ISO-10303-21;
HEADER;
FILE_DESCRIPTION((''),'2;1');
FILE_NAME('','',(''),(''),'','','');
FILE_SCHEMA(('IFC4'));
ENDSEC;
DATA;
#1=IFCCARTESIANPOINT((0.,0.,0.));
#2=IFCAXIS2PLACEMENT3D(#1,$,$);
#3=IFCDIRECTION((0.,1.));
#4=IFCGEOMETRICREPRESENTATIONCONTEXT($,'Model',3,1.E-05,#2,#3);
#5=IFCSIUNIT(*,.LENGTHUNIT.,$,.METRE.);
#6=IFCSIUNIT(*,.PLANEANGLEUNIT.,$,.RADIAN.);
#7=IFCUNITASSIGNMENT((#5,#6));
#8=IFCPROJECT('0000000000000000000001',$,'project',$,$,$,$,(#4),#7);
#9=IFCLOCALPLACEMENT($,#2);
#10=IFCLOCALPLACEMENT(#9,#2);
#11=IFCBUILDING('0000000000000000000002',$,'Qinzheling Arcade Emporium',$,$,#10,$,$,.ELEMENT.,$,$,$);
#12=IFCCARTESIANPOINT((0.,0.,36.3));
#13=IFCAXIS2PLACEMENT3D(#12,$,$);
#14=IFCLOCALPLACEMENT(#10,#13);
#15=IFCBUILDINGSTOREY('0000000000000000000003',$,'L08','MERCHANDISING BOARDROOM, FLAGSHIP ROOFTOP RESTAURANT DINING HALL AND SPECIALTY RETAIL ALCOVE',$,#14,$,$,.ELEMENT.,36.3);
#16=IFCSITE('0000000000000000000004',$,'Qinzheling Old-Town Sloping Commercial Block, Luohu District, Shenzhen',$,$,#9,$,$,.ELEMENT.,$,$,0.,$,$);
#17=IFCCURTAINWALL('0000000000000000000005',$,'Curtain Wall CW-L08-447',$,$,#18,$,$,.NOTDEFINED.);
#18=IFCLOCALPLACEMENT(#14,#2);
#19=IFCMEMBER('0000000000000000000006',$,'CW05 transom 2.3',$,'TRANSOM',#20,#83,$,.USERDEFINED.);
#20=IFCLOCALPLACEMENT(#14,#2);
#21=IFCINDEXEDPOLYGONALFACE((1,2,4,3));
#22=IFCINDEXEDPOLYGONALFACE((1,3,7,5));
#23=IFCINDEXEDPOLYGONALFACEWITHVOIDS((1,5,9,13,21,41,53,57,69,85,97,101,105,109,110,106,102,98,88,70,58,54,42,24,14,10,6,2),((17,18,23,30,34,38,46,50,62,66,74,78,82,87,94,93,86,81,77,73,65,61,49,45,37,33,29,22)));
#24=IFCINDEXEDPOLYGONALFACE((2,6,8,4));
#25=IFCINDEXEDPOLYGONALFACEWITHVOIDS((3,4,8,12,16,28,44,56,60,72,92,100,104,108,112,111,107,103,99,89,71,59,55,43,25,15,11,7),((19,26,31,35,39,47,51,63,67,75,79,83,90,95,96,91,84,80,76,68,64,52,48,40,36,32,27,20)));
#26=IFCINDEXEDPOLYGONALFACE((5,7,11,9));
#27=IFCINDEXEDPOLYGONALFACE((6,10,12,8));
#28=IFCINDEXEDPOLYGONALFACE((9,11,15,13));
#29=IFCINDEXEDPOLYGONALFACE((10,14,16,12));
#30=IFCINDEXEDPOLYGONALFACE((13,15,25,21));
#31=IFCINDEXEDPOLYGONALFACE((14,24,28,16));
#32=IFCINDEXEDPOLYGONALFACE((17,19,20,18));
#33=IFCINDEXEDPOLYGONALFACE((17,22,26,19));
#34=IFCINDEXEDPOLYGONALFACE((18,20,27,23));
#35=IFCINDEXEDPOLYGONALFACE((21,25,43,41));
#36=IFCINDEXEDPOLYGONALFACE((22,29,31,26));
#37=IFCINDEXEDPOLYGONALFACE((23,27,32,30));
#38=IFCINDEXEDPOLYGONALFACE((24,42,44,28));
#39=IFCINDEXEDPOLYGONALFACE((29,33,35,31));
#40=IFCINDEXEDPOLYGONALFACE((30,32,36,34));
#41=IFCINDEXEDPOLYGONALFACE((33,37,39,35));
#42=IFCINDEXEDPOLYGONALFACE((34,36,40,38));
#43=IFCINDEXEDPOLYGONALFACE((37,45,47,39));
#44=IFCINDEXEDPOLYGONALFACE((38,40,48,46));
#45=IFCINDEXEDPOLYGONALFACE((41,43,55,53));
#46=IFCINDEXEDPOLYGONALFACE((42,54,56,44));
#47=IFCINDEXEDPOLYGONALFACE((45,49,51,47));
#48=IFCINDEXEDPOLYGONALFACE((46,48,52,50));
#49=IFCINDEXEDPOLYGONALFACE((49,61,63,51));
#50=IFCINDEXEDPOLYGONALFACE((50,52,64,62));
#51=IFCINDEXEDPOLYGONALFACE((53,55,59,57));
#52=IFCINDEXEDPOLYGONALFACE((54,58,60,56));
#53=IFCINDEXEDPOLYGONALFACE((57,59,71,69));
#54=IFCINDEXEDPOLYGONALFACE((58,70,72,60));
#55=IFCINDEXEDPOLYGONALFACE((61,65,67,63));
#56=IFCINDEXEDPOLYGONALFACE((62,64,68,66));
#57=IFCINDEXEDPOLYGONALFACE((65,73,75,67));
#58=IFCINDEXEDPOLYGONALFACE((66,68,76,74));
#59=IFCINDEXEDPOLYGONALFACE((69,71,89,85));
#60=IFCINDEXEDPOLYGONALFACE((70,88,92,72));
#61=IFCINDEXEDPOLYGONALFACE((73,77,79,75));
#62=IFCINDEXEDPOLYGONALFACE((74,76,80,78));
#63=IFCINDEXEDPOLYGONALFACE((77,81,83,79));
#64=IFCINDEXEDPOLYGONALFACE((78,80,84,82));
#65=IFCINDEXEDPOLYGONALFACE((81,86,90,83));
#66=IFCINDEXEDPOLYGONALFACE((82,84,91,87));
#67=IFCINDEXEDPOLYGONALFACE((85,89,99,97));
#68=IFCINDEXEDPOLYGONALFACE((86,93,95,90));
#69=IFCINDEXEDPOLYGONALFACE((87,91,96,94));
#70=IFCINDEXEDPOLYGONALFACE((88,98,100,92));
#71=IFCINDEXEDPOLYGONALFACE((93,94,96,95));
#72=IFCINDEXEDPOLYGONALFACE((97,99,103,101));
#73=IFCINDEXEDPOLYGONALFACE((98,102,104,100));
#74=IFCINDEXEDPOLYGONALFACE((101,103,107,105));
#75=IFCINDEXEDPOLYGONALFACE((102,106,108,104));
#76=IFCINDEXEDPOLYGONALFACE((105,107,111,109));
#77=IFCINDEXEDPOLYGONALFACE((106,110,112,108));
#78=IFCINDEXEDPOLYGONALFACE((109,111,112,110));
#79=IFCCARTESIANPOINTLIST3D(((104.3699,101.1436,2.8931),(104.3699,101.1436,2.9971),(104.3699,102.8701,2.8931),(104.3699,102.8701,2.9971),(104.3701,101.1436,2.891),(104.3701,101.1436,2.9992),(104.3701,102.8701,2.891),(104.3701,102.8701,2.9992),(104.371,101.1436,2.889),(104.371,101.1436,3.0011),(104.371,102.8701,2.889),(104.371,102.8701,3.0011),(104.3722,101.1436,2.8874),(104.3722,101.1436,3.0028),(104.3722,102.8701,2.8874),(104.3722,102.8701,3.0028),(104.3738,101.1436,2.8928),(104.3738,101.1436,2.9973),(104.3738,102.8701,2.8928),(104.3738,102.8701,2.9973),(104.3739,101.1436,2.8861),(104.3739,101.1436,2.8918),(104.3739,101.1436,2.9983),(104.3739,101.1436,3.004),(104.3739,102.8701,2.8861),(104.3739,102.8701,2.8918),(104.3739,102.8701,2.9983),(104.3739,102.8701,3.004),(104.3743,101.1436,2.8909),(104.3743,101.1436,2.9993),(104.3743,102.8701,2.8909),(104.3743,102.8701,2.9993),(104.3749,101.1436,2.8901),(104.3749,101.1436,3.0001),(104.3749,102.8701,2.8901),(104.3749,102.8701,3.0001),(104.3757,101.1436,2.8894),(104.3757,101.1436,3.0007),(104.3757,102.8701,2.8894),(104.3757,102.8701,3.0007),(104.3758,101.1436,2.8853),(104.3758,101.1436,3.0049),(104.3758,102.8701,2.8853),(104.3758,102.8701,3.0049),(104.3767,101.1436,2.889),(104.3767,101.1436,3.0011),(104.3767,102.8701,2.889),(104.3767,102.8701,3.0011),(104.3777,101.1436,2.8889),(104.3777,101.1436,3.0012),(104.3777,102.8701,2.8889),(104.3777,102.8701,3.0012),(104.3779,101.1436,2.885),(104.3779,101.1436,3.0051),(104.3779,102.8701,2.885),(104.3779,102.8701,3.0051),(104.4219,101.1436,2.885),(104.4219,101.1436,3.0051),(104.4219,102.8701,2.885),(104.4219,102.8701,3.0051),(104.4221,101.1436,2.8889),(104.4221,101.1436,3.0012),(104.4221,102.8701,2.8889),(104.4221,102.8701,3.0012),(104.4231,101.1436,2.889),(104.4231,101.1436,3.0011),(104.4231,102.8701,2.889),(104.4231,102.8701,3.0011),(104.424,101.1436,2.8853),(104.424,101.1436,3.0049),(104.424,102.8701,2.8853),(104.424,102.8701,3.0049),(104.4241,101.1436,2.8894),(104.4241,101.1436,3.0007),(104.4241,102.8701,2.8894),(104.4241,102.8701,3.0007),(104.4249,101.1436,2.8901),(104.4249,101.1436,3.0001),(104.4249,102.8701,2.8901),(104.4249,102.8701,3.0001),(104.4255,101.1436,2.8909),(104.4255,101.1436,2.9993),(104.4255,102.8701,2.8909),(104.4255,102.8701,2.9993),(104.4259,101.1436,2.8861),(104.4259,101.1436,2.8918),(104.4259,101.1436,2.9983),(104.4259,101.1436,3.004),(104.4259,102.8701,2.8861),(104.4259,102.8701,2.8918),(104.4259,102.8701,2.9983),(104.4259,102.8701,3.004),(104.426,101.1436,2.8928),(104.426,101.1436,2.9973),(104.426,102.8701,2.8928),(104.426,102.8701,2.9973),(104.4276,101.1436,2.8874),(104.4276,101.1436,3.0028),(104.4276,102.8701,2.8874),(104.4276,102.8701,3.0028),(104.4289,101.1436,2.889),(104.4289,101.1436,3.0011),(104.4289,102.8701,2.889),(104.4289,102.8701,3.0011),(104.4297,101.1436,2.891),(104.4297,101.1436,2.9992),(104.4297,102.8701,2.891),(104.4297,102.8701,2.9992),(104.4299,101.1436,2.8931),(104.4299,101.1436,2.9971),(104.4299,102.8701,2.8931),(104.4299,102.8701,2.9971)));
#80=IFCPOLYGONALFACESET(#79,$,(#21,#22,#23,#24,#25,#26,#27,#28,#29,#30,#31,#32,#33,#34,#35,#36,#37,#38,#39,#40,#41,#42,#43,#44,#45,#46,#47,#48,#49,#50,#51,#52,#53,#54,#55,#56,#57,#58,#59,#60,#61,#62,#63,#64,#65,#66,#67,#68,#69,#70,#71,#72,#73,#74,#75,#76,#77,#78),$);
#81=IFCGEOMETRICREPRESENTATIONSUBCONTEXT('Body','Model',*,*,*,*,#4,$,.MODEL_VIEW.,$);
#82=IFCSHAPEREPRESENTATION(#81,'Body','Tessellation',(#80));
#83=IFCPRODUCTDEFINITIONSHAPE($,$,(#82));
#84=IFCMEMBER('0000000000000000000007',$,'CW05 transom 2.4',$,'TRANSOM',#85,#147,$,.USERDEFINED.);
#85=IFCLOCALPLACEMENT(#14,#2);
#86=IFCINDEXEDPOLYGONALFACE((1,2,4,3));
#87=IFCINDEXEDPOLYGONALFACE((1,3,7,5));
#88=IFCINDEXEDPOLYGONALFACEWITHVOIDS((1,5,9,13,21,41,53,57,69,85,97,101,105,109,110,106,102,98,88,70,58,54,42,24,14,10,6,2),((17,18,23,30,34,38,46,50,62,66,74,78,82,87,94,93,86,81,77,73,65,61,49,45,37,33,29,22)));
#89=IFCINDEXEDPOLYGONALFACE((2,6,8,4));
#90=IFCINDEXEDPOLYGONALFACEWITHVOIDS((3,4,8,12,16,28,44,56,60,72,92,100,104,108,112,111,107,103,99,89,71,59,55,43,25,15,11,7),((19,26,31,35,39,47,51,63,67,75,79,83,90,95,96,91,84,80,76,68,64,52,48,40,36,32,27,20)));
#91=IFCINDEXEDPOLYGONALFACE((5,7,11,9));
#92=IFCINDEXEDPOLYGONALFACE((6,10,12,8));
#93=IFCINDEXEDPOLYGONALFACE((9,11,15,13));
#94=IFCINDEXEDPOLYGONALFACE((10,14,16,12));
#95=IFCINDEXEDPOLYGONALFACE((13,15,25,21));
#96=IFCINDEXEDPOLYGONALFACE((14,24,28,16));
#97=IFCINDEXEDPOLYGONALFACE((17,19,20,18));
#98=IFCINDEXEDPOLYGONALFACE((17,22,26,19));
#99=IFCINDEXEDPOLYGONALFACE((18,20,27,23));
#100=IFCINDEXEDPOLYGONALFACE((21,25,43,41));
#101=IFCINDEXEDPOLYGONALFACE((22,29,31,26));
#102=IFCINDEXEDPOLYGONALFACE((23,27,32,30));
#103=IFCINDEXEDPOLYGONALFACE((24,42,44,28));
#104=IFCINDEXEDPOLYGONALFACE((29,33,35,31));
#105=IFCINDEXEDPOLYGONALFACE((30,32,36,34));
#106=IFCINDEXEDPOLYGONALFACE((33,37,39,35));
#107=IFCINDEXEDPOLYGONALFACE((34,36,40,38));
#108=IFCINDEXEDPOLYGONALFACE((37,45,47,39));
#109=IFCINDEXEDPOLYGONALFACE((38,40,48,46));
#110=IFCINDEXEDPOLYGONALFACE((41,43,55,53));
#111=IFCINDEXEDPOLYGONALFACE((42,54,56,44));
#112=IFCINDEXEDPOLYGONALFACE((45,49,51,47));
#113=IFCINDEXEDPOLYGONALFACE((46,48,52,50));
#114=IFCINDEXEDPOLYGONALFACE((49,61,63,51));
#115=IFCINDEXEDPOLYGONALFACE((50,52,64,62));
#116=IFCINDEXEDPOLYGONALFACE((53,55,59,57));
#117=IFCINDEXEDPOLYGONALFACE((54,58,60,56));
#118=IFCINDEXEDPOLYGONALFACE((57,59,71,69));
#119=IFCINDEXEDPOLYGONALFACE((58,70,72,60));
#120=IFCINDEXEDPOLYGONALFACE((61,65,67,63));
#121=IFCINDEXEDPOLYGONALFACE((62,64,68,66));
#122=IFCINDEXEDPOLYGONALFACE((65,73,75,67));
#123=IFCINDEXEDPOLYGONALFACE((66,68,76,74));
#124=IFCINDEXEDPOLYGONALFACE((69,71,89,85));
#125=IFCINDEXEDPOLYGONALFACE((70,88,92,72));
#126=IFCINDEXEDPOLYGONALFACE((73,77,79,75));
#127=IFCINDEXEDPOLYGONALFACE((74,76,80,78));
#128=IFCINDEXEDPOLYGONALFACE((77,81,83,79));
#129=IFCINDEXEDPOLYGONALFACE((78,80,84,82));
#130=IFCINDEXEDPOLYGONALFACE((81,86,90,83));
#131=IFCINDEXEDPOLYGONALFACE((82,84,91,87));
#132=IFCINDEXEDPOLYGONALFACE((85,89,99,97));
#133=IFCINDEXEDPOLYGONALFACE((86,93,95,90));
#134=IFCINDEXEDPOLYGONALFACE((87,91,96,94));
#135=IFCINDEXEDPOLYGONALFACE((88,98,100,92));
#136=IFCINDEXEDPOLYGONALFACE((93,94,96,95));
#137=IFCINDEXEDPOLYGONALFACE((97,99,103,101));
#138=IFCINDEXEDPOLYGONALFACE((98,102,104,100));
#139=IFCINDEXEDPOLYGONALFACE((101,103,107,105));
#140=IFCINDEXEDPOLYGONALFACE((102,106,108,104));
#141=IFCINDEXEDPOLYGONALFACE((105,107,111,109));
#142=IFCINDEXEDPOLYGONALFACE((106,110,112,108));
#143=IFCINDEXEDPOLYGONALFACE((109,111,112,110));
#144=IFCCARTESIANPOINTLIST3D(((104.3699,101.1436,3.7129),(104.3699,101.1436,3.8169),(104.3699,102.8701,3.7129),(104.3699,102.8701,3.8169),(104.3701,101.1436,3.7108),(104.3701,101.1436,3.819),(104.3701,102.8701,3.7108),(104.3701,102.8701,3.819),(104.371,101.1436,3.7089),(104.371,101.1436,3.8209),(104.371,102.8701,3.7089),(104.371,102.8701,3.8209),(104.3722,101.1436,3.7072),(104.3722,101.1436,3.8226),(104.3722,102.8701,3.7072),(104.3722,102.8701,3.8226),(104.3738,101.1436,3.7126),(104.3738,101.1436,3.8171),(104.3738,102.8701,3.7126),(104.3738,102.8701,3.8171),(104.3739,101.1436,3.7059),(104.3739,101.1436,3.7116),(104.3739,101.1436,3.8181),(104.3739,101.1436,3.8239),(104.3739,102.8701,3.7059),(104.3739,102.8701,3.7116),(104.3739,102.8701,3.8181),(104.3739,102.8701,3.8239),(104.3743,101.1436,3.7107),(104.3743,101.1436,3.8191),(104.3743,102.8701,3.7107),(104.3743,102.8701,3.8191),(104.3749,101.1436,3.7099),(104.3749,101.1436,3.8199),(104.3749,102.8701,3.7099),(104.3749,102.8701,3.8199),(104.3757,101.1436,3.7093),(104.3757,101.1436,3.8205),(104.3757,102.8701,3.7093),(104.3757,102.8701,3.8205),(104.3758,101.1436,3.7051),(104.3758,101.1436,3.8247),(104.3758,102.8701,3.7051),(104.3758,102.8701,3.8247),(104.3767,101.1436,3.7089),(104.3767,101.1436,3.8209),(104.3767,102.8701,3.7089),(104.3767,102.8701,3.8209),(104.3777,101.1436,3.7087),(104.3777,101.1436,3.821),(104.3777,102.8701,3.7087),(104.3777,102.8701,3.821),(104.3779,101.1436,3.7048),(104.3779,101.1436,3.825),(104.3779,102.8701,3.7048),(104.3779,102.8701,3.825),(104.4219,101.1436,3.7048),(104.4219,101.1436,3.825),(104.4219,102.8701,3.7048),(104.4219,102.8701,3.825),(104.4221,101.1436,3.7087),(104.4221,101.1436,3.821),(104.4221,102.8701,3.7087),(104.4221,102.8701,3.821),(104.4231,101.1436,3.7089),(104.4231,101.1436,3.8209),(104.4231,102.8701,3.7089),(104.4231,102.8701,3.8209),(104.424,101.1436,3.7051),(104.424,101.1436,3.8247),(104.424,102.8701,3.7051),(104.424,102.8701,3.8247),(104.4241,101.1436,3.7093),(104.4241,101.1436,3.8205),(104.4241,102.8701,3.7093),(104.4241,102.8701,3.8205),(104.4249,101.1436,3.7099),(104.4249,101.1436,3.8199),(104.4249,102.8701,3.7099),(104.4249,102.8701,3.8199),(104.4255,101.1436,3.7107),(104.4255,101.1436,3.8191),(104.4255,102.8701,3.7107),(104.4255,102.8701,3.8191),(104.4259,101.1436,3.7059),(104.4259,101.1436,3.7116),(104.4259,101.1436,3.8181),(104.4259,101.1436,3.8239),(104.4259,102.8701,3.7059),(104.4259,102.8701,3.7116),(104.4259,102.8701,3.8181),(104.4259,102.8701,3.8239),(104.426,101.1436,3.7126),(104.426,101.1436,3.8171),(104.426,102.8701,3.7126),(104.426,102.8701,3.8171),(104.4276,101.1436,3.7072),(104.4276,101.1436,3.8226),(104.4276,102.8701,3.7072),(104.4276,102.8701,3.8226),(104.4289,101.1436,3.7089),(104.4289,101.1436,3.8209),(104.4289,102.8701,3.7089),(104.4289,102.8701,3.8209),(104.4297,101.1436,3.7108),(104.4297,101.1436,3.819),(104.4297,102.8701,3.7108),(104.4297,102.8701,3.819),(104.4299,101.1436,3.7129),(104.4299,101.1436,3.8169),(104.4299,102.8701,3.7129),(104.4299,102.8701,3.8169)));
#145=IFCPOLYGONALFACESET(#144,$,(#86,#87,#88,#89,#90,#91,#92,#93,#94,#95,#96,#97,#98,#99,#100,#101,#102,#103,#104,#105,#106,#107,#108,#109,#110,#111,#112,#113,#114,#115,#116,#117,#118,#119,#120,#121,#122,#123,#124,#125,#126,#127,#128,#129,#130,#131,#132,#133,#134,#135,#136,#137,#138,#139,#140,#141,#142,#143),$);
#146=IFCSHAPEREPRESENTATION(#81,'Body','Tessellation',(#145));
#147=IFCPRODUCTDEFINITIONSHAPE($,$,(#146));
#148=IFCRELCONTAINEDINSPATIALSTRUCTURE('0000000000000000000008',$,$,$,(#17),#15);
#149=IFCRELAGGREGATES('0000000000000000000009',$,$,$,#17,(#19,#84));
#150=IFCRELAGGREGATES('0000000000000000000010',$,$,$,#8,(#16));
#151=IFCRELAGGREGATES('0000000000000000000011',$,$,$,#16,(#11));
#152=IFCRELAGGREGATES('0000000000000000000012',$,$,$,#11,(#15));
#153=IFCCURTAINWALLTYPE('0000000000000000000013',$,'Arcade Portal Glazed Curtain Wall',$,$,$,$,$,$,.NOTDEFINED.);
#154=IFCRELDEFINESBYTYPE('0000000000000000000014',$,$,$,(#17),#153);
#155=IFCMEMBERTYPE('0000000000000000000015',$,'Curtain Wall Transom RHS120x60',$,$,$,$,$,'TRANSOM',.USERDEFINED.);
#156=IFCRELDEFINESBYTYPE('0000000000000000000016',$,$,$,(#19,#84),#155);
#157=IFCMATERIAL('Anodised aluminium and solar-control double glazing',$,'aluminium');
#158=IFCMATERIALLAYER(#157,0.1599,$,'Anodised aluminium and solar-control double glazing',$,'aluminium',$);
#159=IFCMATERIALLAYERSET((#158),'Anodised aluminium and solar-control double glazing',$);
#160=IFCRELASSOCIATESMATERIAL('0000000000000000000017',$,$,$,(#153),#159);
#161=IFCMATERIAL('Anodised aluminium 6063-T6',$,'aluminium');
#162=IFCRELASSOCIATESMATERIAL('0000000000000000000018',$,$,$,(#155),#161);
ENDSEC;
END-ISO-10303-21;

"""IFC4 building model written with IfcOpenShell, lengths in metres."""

from ifc_helpers import new_model, si_unit, direction, frame, origin, origin_2d, place, context, subcontext, project, spatial, hollow_rectangle, extrude, material, layer, layer_set, material_profile, profile_set, type_object, element, aggregate, save


model = new_model("IFC4")

# Units and contexts
model_context = context("Model", 3, precision=1e-05, world=origin(), true_north=direction((0.0, 1.0)))
body_context = subcontext(model_context, "Body", "Model", "MODEL_VIEW")
ifc_project = project(units=[si_unit("LENGTHUNIT", "METRE"), si_unit("PLANEANGLEUNIT", "RADIAN")], contexts=[model_context])

# Site, building, storey
site_placement = place(None, origin())
site = spatial("IfcSite", under=ifc_project, at=site_placement, Name="Qinzheling Old-Town Sloping Commercial Block, Luohu District, Shenzhen", CompositionType="ELEMENT", RefElevation=0.0)
building_placement = place(site_placement, origin())
building = spatial("IfcBuilding", under=site, at=building_placement, Name="Qinzheling Arcade Emporium", CompositionType="ELEMENT")
storey_placement = place(building_placement, frame((0.0, 0.0, 36.3)))
storey = spatial("IfcBuildingStorey", under=building, at=storey_placement, Name="L08", Description="MERCHANDISING BOARDROOM, FLAGSHIP ROOFTOP RESTAURANT DINING HALL AND SPECIALTY RETAIL ALCOVE", CompositionType="ELEMENT", Elevation=36.3)

# Curtain wall, members
ifc_material_1 = material(Name="Anodised aluminium and solar-control double glazing", Category="aluminium")
ifc_layer_1 = layer(ifc_material_1, 0.1599, Name="Anodised aluminium and solar-control double glazing", Category="aluminium")
ifc_layer_set_1 = layer_set([ifc_layer_1], Name="Anodised aluminium and solar-control double glazing")
curtain_wall_type = type_object("IfcCurtainWallType", Name="Arcade Portal Glazed Curtain Wall", PredefinedType="NOTDEFINED", material=ifc_layer_set_1)
curtain_wall_placement = place(storey_placement, origin())
curtain_wall = element("IfcCurtainWall", 1, at=curtain_wall_placement, inside=storey, type_object=curtain_wall_type, Name="Curtain Wall CW-L08-447", PredefinedType="NOTDEFINED")
ifc_material_2 = material(Name="Anodised aluminium 6063-T6", Category="aluminium")
ifc_material_profile_1 = material_profile(ifc_material_2, hollow_rectangle(XDim=0.0601, YDim=0.1201, WallThickness=0.0039, InnerFilletRadius=0.0039, OuterFilletRadius=0.0081, at=origin_2d()), Name="RHS 120x60x4", Category="aluminium")
ifc_profile_set_1 = profile_set([ifc_material_profile_1], Name="Anodised aluminium 6063-T6")
member_type_1 = type_object("IfcMemberType", Name="Curtain Wall Transom RHS120x60", ElementType="TRANSOM", PredefinedType="USERDEFINED", material=ifc_profile_set_1)
member_1_placement = place(storey_placement, frame((104.3999, 101.1436, 2.9451), z_axis=(0.0, 1.0, 0.0), x_axis=(-1.0, 0.0, 0.0)))
member_1 = element("IfcMember", 2, at=member_1_placement, type_object=member_type_1, Name="CW05 transom 2.3", ObjectType="TRANSOM", PredefinedType="USERDEFINED", context=body_context, shape_type="SweptSolid", body=[
    extrude(hollow_rectangle(XDim=0.0601, YDim=0.1201, WallThickness=0.0039, InnerFilletRadius=0.0039, OuterFilletRadius=0.0081, at=origin_2d()), origin(), (0.0, 0.0, 1.0), 1.7266),
])
member_2_placement = place(storey_placement, frame((104.3999, 101.1436, 3.7649), z_axis=(0.0, 1.0, 0.0), x_axis=(-1.0, 0.0, 0.0)))
member_2 = element("IfcMember", 3, at=member_2_placement, type_object=member_type_1, Name="CW05 transom 2.4", ObjectType="TRANSOM", PredefinedType="USERDEFINED", context=body_context, shape_type="SweptSolid", body=[
    extrude(hollow_rectangle(XDim=0.0601, YDim=0.1201, WallThickness=0.0039, InnerFilletRadius=0.0039, OuterFilletRadius=0.0081, at=origin_2d()), origin(), (0.0, 0.0, 1.0), 1.7266),
])

aggregate(curtain_wall, [member_1, member_2])

save(model, "model.ifc")
